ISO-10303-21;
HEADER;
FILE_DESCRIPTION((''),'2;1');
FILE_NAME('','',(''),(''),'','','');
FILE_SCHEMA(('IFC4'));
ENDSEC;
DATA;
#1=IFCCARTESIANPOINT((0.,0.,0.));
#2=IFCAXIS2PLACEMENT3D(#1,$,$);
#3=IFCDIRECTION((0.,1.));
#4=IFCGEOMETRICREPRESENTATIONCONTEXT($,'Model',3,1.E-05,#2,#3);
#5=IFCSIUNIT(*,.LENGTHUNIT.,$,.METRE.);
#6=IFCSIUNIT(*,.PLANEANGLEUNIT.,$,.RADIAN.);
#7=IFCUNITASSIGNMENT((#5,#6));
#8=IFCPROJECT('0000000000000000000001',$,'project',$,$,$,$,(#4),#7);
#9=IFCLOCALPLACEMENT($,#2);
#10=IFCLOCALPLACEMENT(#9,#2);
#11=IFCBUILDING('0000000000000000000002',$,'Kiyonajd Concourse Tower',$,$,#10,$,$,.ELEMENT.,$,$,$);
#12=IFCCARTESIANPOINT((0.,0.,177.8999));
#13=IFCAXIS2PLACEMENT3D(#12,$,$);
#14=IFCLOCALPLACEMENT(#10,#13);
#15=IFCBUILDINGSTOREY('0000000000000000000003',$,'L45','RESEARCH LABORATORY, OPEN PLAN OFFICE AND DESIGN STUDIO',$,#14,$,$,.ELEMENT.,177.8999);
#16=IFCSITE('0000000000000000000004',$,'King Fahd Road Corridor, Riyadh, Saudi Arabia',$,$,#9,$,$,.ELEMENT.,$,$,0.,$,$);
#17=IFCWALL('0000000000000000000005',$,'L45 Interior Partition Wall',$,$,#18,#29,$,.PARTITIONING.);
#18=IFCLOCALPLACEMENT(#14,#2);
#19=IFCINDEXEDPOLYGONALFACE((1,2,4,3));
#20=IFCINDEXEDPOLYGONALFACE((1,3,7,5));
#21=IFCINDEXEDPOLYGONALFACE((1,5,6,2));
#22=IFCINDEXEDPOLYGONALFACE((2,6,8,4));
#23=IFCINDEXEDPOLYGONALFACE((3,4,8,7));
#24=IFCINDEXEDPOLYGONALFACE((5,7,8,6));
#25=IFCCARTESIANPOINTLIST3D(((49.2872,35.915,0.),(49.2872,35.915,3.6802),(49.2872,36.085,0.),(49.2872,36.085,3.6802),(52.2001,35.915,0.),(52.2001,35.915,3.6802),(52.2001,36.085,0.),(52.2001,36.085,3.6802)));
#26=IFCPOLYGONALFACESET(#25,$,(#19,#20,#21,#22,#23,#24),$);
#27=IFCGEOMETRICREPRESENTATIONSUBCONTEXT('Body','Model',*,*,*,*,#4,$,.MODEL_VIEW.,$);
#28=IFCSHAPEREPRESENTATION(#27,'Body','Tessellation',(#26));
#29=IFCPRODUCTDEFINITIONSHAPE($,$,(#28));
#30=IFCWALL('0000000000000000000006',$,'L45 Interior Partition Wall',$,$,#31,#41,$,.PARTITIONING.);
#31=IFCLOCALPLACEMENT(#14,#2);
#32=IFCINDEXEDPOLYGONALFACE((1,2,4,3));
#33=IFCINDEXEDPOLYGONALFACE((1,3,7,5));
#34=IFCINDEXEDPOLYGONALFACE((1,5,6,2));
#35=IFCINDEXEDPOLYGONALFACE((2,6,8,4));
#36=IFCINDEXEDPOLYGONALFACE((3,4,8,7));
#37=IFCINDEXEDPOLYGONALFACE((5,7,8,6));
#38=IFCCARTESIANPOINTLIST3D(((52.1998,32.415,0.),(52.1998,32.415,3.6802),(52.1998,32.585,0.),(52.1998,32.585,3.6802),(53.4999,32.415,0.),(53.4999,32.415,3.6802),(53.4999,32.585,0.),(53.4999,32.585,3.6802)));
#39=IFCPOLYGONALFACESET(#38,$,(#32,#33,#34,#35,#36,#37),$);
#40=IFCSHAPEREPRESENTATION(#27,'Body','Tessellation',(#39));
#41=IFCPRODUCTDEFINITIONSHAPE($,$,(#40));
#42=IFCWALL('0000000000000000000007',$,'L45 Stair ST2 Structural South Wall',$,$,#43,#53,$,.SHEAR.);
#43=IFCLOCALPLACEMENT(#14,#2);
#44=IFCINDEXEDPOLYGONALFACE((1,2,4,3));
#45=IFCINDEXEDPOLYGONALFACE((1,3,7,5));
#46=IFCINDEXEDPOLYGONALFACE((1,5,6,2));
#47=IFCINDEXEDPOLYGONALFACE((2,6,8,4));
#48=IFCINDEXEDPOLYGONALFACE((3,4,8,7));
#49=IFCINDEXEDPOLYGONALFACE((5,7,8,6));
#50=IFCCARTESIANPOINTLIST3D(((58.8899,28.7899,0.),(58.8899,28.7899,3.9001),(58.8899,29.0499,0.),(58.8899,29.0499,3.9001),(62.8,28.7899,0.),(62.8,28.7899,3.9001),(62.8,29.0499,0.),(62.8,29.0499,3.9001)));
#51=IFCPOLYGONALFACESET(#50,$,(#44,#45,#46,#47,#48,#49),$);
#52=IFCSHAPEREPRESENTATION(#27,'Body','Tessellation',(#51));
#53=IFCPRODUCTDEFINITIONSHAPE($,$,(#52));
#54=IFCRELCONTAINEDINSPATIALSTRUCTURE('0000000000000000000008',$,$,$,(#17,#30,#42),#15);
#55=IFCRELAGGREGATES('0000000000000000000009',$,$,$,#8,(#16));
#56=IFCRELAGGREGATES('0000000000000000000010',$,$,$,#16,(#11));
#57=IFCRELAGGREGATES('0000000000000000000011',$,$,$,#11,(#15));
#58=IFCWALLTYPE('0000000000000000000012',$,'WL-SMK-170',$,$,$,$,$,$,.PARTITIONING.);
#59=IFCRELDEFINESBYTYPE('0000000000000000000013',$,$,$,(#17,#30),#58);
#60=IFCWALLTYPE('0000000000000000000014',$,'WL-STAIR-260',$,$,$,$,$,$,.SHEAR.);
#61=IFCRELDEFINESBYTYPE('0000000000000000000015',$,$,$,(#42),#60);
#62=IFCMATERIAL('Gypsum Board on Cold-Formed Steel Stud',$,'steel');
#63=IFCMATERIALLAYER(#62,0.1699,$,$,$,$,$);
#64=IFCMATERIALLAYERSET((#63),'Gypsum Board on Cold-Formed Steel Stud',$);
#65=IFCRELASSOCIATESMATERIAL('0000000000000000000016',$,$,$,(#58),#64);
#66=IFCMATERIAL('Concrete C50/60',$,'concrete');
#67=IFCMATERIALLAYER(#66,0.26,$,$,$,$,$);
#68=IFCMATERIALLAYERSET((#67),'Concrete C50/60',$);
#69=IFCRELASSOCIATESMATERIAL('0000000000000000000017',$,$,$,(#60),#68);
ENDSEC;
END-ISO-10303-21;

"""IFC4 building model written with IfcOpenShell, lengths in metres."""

from ifc_helpers import new_model, si_unit, direction, frame, frame_2d, origin, place, context, subcontext, project, spatial, rectangle, extrude, material, layer, layer_set, type_object, element, save


model = new_model("IFC4")

# Units and contexts
model_context = context("Model", 3, precision=1e-05, world=origin(), true_north=direction((0.0, 1.0)))
body_context = subcontext(model_context, "Body", "Model", "MODEL_VIEW")
ifc_project = project(units=[si_unit("LENGTHUNIT", "METRE"), si_unit("PLANEANGLEUNIT", "RADIAN")], contexts=[model_context])

# Site, building, storey
site_placement = place(None, origin())
site = spatial("IfcSite", under=ifc_project, at=site_placement, Name="King Fahd Road Corridor, Riyadh, Saudi Arabia", CompositionType="ELEMENT", RefElevation=0.0)
building_placement = place(site_placement, origin())
building = spatial("IfcBuilding", under=site, at=building_placement, Name="Kiyonajd Concourse Tower", CompositionType="ELEMENT")
storey_placement = place(building_placement, frame((0.0, 0.0, 177.8999)))
storey = spatial("IfcBuildingStorey", under=building, at=storey_placement, Name="L45", Description="RESEARCH LABORATORY, OPEN PLAN OFFICE AND DESIGN STUDIO", CompositionType="ELEMENT", Elevation=177.8999)

# Shared definitions
ifc_material_1 = material(Name="Gypsum Board on Cold-Formed Steel Stud", Category="steel")

# Walls
ifc_layer_1 = layer(ifc_material_1, 0.1699)
ifc_layer_set_1 = layer_set([ifc_layer_1], Name="Gypsum Board on Cold-Formed Steel Stud")
wall_type_1 = type_object("IfcWallType", Name="WL-SMK-170", PredefinedType="PARTITIONING", material=ifc_layer_set_1)
wall_1_placement = place(storey_placement, frame((49.2871, 36.0, 0.0), z_axis=(0.0, 0.0, 1.0), x_axis=(1.0, 0.0, 0.0)))
element("IfcWall", 1, at=wall_1_placement, inside=storey, type_object=wall_type_1, Name="L45 Interior Partition Wall", PredefinedType="PARTITIONING", context=body_context, shape_type="SweptSolid", body=[
    extrude(rectangle(XDim=2.9128, YDim=0.1699, at=frame_2d((1.4565, 0.0))), origin(), (0.0, 0.0, 1.0), 3.6802),
])
wall_2_placement = place(storey_placement, frame((52.2, 32.5, 0.0), z_axis=(0.0, 0.0, 1.0), x_axis=(1.0, 0.0, 0.0)))
element("IfcWall", 2, at=wall_2_placement, inside=storey, type_object=wall_type_1, Name="L45 Interior Partition Wall", PredefinedType="PARTITIONING", context=body_context, shape_type="SweptSolid", body=[
    extrude(rectangle(XDim=1.3, YDim=0.1699, at=frame_2d((0.6499, 0.0))), origin(), (0.0, 0.0, 1.0), 3.6802),
])
ifc_material_2 = material(Name="Concrete C50/60", Category="concrete")
ifc_layer_2 = layer(ifc_material_2, 0.26)
ifc_layer_set_2 = layer_set([ifc_layer_2], Name="Concrete C50/60")
wall_type_2 = type_object("IfcWallType", Name="WL-STAIR-260", PredefinedType="SHEAR", material=ifc_layer_set_2)
wall_3_placement = place(storey_placement, frame((58.8899, 28.9199, 0.0), z_axis=(0.0, 0.0, 1.0), x_axis=(1.0, 0.0, 0.0)))
element("IfcWall", 3, at=wall_3_placement, inside=storey, type_object=wall_type_2, Name="L45 Stair ST2 Structural South Wall", PredefinedType="SHEAR", context=body_context, shape_type="SweptSolid", body=[
    extrude(rectangle(XDim=3.9102, YDim=0.26, at=frame_2d((1.9551, 0.0))), origin(), (0.0, 0.0, 1.0), 3.9001),
])

save(model, "model.ifc")
